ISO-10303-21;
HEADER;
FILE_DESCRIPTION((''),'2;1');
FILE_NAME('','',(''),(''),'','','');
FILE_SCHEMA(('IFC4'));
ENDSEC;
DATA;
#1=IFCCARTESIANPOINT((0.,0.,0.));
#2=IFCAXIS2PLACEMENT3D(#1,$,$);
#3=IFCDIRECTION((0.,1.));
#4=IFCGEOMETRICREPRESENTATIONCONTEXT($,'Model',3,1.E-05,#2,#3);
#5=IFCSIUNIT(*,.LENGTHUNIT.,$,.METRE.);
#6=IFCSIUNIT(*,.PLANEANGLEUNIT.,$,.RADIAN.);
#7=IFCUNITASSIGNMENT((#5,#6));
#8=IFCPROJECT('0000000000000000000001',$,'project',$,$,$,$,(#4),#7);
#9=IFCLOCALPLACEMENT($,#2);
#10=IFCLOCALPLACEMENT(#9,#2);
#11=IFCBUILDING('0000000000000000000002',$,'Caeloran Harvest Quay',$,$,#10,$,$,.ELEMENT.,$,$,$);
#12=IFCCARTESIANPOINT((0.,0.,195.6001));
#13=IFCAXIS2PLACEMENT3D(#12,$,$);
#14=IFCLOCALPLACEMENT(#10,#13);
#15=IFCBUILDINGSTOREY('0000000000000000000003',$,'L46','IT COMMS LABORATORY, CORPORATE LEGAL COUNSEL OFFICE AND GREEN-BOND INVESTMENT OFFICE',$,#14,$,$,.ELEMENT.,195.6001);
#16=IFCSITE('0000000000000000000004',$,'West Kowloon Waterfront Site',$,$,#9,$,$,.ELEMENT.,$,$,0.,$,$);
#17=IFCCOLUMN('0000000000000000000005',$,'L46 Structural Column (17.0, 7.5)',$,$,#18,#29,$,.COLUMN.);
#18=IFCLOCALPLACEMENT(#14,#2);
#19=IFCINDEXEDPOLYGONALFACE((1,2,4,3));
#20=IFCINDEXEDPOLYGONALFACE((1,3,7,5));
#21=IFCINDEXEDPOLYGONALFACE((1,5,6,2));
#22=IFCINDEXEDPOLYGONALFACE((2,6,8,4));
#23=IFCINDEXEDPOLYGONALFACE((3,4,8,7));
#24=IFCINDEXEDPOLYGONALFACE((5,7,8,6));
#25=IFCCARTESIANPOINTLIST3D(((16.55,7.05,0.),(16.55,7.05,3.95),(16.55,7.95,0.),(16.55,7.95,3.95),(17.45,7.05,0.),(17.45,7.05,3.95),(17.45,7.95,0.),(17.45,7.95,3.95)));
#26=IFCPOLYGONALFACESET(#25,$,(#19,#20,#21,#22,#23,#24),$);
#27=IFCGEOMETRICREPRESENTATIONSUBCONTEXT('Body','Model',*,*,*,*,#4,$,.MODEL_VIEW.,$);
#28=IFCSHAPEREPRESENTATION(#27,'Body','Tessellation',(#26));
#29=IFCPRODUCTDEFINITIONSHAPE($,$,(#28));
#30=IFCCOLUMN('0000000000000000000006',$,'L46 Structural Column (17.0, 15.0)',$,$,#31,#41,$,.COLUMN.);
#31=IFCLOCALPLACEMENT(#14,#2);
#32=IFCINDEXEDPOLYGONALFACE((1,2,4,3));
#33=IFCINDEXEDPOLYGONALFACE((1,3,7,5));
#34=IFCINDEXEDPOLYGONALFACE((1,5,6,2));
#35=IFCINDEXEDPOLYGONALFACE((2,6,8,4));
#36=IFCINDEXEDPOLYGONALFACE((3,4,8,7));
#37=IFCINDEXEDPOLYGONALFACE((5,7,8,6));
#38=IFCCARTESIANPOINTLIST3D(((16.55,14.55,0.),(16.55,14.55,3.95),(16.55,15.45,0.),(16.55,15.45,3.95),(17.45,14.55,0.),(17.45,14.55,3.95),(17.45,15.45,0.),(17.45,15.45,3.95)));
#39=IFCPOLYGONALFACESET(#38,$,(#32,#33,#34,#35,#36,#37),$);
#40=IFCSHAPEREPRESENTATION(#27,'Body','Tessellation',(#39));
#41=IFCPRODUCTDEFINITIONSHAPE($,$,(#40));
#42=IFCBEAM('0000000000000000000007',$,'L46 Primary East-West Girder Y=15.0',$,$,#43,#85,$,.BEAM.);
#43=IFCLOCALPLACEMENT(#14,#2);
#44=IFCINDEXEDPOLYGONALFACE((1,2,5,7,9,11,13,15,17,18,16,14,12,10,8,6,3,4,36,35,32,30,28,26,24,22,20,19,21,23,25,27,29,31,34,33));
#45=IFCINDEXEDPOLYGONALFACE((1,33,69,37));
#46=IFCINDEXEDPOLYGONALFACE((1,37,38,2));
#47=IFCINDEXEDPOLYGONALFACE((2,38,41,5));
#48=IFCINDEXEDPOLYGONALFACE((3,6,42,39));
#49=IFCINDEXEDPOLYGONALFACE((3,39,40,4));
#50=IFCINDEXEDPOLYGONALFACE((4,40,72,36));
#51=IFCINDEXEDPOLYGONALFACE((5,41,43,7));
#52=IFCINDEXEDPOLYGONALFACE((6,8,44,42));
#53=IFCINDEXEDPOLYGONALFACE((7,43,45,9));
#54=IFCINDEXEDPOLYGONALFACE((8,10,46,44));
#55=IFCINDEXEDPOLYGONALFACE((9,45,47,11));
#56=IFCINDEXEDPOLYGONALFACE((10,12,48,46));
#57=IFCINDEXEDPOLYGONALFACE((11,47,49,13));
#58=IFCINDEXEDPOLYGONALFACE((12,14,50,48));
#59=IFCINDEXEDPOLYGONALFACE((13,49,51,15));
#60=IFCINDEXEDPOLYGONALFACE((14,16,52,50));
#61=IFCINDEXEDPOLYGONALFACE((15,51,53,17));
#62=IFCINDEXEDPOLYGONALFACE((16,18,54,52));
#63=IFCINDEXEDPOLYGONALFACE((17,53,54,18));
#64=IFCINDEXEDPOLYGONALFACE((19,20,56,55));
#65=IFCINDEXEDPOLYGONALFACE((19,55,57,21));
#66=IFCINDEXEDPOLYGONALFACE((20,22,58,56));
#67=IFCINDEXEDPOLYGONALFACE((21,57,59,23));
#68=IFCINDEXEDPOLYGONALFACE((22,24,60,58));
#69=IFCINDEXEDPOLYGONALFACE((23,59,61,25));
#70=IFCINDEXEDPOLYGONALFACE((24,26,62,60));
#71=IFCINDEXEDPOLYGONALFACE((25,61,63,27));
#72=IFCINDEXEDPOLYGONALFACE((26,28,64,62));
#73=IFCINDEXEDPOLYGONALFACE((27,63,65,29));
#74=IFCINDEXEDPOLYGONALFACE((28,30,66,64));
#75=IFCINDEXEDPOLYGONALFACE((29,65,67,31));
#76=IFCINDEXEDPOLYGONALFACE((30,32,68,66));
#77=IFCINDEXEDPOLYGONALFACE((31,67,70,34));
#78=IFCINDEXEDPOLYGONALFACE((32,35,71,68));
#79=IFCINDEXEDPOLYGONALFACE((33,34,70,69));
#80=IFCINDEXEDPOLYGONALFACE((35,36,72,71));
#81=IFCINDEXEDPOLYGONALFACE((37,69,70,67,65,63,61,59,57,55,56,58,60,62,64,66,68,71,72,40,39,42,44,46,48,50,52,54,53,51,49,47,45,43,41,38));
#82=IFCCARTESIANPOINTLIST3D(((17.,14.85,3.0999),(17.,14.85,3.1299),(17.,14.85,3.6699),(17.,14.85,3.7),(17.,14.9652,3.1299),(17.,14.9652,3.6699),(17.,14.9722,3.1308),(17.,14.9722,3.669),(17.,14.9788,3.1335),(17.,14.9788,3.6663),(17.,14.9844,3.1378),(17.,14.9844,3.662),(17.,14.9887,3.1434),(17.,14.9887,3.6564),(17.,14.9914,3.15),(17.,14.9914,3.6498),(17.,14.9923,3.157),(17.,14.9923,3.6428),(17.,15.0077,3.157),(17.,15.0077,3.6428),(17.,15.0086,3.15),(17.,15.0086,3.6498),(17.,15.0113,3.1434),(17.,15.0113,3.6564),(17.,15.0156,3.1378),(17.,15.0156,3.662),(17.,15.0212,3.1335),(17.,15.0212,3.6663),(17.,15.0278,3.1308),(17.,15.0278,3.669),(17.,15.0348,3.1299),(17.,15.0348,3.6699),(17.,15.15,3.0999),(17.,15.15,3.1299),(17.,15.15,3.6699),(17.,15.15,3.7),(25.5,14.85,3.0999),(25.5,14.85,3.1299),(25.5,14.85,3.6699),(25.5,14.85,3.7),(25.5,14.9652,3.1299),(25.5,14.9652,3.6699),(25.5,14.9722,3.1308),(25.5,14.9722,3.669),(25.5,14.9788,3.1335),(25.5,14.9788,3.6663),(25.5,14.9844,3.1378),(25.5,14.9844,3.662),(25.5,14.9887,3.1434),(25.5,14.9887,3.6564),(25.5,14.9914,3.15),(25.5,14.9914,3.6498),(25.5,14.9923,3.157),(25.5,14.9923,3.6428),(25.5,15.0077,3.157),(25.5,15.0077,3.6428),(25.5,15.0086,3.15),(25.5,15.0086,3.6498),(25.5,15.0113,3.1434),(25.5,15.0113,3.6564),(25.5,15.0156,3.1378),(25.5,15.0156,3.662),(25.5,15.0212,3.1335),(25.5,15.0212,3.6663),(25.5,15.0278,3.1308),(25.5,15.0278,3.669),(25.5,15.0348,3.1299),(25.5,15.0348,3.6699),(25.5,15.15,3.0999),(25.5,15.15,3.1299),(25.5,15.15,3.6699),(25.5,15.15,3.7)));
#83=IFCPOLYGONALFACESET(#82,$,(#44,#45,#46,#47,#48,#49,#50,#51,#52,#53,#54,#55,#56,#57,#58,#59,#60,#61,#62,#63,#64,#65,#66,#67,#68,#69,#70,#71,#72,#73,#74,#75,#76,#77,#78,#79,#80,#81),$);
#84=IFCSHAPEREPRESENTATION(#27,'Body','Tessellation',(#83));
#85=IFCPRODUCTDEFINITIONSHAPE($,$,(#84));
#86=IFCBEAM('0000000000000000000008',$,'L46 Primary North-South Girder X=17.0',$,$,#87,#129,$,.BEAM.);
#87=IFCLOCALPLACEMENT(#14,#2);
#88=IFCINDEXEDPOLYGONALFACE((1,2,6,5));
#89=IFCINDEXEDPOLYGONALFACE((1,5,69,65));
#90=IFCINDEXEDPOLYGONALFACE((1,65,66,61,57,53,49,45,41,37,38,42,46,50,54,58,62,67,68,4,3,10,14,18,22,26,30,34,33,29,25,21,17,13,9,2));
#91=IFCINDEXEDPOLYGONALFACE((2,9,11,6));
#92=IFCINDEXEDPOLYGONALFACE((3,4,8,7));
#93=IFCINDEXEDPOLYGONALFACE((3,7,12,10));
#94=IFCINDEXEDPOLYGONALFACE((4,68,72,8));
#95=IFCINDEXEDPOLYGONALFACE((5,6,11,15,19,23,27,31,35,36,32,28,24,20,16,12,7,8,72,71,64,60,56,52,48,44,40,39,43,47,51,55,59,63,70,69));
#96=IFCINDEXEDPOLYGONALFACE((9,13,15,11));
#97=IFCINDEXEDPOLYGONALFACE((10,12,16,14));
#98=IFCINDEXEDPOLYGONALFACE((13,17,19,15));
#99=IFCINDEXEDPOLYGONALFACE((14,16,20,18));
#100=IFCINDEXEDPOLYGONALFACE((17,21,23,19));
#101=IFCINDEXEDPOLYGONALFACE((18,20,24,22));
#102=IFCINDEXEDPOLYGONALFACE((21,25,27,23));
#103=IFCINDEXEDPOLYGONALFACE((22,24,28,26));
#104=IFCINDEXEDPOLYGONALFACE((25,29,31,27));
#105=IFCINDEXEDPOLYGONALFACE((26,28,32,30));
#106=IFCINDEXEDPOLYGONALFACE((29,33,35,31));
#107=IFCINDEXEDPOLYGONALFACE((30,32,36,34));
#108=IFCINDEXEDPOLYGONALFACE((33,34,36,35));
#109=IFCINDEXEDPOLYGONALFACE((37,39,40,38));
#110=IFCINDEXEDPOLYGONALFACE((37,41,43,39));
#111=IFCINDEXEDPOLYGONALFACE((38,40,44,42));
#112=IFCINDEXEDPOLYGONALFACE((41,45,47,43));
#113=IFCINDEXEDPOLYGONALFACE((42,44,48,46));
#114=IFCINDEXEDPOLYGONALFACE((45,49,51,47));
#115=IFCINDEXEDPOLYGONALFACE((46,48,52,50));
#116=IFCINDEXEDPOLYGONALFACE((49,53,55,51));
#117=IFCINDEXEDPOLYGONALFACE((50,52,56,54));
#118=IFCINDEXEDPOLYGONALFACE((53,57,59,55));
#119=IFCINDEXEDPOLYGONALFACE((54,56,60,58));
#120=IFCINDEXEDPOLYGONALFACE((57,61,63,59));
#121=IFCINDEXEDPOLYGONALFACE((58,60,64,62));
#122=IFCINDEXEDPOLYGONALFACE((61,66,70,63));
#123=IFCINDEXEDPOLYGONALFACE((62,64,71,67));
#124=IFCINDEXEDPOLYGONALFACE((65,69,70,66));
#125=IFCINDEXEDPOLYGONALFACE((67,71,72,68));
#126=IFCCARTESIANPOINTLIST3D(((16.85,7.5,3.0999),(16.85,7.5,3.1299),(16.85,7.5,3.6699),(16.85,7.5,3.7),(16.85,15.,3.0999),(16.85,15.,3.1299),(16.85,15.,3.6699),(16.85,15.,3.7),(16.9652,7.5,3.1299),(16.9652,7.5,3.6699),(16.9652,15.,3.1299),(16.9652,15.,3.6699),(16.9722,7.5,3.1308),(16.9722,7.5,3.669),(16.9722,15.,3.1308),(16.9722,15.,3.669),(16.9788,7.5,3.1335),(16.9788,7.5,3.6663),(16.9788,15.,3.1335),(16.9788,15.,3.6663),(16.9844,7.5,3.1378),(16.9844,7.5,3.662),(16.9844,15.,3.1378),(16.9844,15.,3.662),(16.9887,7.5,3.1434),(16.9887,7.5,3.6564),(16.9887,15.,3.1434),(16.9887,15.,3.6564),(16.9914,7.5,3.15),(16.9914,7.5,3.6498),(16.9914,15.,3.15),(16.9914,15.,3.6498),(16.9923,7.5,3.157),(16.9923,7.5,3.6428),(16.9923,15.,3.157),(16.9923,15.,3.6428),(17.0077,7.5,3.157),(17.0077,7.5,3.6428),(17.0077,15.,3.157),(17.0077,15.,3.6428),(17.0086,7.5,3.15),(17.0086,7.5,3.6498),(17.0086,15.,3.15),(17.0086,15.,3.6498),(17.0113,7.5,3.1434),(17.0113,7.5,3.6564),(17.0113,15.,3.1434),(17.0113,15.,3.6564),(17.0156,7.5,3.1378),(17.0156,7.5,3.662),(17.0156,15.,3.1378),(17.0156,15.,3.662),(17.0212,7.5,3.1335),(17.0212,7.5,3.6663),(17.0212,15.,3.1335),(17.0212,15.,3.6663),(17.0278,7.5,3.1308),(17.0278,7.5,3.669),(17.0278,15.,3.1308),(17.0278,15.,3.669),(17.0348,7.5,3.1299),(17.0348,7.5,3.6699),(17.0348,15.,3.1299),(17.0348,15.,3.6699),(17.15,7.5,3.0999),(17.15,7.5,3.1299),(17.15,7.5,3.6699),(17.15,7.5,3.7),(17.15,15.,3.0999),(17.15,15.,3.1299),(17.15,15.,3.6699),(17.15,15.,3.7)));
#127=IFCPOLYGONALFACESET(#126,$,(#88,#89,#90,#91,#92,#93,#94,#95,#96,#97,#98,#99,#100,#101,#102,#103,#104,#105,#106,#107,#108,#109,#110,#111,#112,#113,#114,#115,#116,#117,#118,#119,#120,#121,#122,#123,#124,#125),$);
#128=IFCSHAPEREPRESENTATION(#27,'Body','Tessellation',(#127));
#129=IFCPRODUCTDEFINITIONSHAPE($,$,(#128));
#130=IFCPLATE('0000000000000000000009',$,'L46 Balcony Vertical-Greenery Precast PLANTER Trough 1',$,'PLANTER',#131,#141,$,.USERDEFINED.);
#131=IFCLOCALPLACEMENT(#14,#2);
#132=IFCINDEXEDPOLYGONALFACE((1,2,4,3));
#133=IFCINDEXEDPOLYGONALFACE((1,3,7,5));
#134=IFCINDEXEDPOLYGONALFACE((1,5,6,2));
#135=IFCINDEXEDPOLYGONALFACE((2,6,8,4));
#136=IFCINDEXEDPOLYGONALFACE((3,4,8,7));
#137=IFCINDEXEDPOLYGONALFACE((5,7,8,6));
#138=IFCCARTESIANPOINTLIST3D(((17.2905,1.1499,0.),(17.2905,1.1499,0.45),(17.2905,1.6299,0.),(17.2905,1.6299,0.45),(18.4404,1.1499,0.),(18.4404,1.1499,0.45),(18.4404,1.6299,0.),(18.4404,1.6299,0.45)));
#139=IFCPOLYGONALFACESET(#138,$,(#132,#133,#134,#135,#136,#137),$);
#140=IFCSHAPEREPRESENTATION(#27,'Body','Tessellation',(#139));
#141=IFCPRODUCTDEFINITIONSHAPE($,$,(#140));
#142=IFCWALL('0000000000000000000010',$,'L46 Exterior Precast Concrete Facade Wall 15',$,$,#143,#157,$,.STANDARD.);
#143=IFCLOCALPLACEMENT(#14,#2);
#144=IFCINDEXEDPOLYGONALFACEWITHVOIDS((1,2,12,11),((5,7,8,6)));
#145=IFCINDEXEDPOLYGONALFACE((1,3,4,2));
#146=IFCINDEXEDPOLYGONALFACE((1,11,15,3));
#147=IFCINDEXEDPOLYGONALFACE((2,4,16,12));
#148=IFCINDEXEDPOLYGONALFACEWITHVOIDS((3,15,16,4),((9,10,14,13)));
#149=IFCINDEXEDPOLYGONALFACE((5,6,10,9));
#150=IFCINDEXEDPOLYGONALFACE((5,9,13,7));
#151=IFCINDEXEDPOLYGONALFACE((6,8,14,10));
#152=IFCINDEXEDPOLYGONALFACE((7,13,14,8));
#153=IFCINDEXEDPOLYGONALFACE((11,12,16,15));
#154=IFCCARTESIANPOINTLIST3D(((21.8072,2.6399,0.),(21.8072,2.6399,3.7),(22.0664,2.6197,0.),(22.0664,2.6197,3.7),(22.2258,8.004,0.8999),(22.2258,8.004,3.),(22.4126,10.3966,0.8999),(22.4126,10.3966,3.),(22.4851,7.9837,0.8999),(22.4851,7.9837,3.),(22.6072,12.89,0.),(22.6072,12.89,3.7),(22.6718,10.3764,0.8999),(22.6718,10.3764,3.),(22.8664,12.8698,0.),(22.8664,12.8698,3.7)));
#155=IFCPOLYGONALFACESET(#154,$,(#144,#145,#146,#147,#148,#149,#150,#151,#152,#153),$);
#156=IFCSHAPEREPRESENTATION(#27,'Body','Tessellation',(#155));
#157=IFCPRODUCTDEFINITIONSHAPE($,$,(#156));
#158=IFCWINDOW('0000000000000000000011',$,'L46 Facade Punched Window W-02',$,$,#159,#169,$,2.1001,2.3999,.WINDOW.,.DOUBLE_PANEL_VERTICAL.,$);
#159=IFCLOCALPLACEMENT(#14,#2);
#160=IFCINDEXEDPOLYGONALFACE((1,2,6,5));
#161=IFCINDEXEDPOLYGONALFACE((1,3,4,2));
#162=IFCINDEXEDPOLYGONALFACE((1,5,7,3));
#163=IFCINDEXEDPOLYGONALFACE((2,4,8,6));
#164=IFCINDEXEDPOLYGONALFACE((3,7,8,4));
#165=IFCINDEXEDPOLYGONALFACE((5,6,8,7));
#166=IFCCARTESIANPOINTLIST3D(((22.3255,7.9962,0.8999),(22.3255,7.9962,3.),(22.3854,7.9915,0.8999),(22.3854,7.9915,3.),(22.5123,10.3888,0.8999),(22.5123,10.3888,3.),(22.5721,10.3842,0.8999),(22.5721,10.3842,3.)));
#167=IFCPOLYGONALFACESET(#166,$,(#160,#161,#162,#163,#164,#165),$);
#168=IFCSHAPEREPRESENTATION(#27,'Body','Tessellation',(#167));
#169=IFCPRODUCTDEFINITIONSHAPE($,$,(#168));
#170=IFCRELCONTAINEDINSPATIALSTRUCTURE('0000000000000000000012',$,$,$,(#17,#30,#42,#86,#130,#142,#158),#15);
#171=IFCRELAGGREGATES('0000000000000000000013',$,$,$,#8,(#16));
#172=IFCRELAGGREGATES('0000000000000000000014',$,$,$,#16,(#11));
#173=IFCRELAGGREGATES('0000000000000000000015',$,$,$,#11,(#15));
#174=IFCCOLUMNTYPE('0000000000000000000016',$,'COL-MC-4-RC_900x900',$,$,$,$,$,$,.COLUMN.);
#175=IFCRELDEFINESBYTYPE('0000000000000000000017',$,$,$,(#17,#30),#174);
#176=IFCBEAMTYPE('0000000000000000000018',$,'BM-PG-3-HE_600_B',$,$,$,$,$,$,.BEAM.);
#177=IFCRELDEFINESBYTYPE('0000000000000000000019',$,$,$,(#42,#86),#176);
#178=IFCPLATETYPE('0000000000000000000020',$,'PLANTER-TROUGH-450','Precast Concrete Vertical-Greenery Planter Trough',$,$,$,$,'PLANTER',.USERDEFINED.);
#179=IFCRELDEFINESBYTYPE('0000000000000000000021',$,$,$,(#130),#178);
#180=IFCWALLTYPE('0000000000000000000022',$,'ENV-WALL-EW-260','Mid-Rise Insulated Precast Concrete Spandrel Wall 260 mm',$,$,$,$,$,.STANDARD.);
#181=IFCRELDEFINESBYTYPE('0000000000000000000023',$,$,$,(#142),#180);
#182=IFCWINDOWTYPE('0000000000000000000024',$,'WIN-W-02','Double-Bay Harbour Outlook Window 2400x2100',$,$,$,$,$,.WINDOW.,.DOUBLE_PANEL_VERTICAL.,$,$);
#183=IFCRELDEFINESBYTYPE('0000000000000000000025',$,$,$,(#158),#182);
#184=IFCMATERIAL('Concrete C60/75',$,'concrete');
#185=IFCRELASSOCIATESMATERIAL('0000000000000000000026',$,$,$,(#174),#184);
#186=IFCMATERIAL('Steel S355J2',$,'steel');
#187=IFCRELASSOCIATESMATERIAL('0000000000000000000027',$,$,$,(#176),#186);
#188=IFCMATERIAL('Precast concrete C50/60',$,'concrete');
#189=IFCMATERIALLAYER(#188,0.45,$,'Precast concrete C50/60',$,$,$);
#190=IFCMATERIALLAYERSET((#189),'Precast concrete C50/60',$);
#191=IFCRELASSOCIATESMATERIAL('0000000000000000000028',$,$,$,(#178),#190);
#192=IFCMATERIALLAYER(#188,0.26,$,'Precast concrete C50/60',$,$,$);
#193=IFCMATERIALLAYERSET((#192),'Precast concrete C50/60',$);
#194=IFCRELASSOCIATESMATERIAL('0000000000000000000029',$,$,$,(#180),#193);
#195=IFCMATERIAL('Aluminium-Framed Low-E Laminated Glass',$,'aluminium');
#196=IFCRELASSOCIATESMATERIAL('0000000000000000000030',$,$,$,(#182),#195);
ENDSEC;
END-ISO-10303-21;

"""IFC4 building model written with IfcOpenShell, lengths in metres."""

from ifc_helpers import new_model, si_unit, direction, frame, frame_2d, origin, origin_2d, place, context, subcontext, project, spatial, rectangle, i_section, extrude, material, layer, layer_set, material_profile, profile_set, type_object, element, fill, save


model = new_model("IFC4")

# Units and contexts
model_context = context("Model", 3, precision=1e-05, world=origin(), true_north=direction((0.0, 1.0)))
body_context = subcontext(model_context, "Body", "Model", "MODEL_VIEW")
ifc_project = project(units=[si_unit("LENGTHUNIT", "METRE"), si_unit("PLANEANGLEUNIT", "RADIAN")], contexts=[model_context])

# Site, building, storey
site_placement = place(None, origin())
site = spatial("IfcSite", under=ifc_project, at=site_placement, Name="West Kowloon Waterfront Site", CompositionType="ELEMENT", RefElevation=0.0)
building_placement = place(site_placement, origin())
building = spatial("IfcBuilding", under=site, at=building_placement, Name="Caeloran Harvest Quay", CompositionType="ELEMENT")
storey_placement = place(building_placement, frame((0.0, 0.0, 195.6001)))
storey = spatial("IfcBuildingStorey", under=building, at=storey_placement, Name="L46", Description="IT COMMS LABORATORY, CORPORATE LEGAL COUNSEL OFFICE AND GREEN-BOND INVESTMENT OFFICE", CompositionType="ELEMENT", Elevation=195.6001)

# Columns
ifc_material_1 = material(Name="Concrete C60/75", Category="concrete")
ifc_material_profile_1 = material_profile(ifc_material_1, rectangle(XDim=0.8999, YDim=0.8999, at=origin_2d()), Name="RC 900x900")
ifc_profile_set_1 = profile_set([ifc_material_profile_1], Name="Concrete C60/75")
column_type = type_object("IfcColumnType", Name="COL-MC-4-RC_900x900", PredefinedType="COLUMN", material=ifc_profile_set_1)
for number, where, z_axis, x_axis, name in (
    (1, (17.0, 7.5, 0.0), (0.0, 0.0, 1.0), (1.0, 0.0, 0.0), "L46 Structural Column (17.0, 7.5)"),
    (2, (17.0, 15.0, 0.0), (0.0, 0.0, 1.0), (1.0, 0.0, 0.0), "L46 Structural Column (17.0, 15.0)"),
):
    element("IfcColumn", number, at=place(storey_placement, frame(where, z_axis=z_axis, x_axis=x_axis)), inside=storey, type_object=column_type, Name=name, PredefinedType="COLUMN", context=body_context, shape_type="SweptSolid", body=[
        extrude(rectangle(XDim=0.8999, YDim=0.8999, at=origin_2d()), origin(), (0.0, 0.0, 1.0), 3.95),
    ])

# Beams
ifc_material_2 = material(Name="Steel S355J2", Category="steel")
ifc_material_profile_2 = material_profile(ifc_material_2, i_section(OverallWidth=0.3, OverallDepth=0.6001, WebThickness=0.0154, FlangeThickness=0.03, FilletRadius=0.0271, at=origin_2d()), Name="HE 600 B")
ifc_profile_set_2 = profile_set([ifc_material_profile_2], Name="Steel S355J2")
beam_type = type_object("IfcBeamType", Name="BM-PG-3-HE_600_B", PredefinedType="BEAM", material=ifc_profile_set_2)
beam_1_placement = place(storey_placement, frame((17.0, 15.0, 3.3999), z_axis=(1.0, 0.0, 0.0), x_axis=(0.0, 1.0, 0.0)))
element("IfcBeam", 3, at=beam_1_placement, inside=storey, type_object=beam_type, Name="L46 Primary East-West Girder Y=15.0", PredefinedType="BEAM", context=body_context, shape_type="SweptSolid", body=[
    extrude(i_section(OverallWidth=0.3, OverallDepth=0.6001, WebThickness=0.0154, FlangeThickness=0.03, FilletRadius=0.0271, at=origin_2d()), origin(), (0.0, 0.0, 1.0), 8.5),
])
beam_2_placement = place(storey_placement, frame((17.0, 7.5, 3.3999), z_axis=(0.0, 1.0, 0.0), x_axis=(-1.0, 0.0, 0.0)))
element("IfcBeam", 4, at=beam_2_placement, inside=storey, type_object=beam_type, Name="L46 Primary North-South Girder X=17.0", PredefinedType="BEAM", context=body_context, shape_type="SweptSolid", body=[
    extrude(i_section(OverallWidth=0.3, OverallDepth=0.6001, WebThickness=0.0154, FlangeThickness=0.03, FilletRadius=0.0271, at=origin_2d()), origin(), (0.0, 0.0, 1.0), 7.5),
])

# Plate
ifc_material_3 = material(Name="Precast concrete C50/60", Category="concrete")
ifc_layer_1 = layer(ifc_material_3, 0.45, Name="Precast concrete C50/60")
ifc_layer_set_1 = layer_set([ifc_layer_1], Name="Precast concrete C50/60")
plate_type = type_object("IfcPlateType", Name="PLANTER-TROUGH-450", Description="Precast Concrete Vertical-Greenery Planter Trough", ElementType="PLANTER", PredefinedType="USERDEFINED", material=ifc_layer_set_1)
plate_placement = place(storey_placement, frame((17.8655, 1.3899, 0.0), z_axis=(0.0, 0.0, 1.0), x_axis=(1.0, 0.0, 0.0)))
element("IfcPlate", 5, at=plate_placement, inside=storey, type_object=plate_type, Name="L46 Balcony Vertical-Greenery Precast PLANTER Trough 1", ObjectType="PLANTER", PredefinedType="USERDEFINED", context=body_context, shape_type="SweptSolid", body=[
    extrude(rectangle(XDim=1.1499, YDim=0.48, at=origin_2d()), origin(), (0.0, 0.0, 1.0), 0.45),
])

# Wall, opening, window
ifc_layer_2 = layer(ifc_material_3, 0.26, Name="Precast concrete C50/60")
ifc_layer_set_2 = layer_set([ifc_layer_2], Name="Precast concrete C50/60")
wall_type_1 = type_object("IfcWallType", Name="ENV-WALL-EW-260", Description="Mid-Rise Insulated Precast Concrete Spandrel Wall 260 mm", PredefinedType="STANDARD", material=ifc_layer_set_2)
wall_1_placement = place(storey_placement, frame((22.7368, 12.8799, 0.0), z_axis=(0.0, 0.0, 1.0), x_axis=(-0.077817, -0.996968, 0.0)))
wall_1 = element("IfcWall", 6, at=wall_1_placement, inside=storey, type_object=wall_type_1, Name="L46 Exterior Precast Concrete Facade Wall 15", PredefinedType="STANDARD", context=body_context, shape_type="SweptSolid", body=[
    extrude(rectangle(XDim=10.2812, YDim=0.26, at=frame_2d((5.1406, 0.0))), origin(), (0.0, 0.0, 1.0), 3.7),
])
opening_1_placement = place(wall_1_placement, frame((2.501, 0.0, 0.8999)))
opening_1 = element("IfcOpeningElement", 7, at=opening_1_placement, cuts=wall_1, PredefinedType="OPENING", context=body_context, shape_type="SweptSolid", body=[
    extrude(rectangle(XDim=2.3999, YDim=2.1001, at=frame_2d((1.2, 1.05))), frame((0.0, 0.1401, 0.0), z_axis=(0.0, -1.0, 0.0), x_axis=(1.0, 0.0, 0.0)), (0.0, 0.0, 1.0), 0.28),
])
ifc_material_4 = material(Name="Aluminium-Framed Low-E Laminated Glass", Category="aluminium")
window_type = type_object("IfcWindowType", Name="WIN-W-02", Description="Double-Bay Harbour Outlook Window 2400x2100", PartitioningType="DOUBLE_PANEL_VERTICAL", PredefinedType="WINDOW", material=ifc_material_4)
window_placement = place(opening_1_placement, origin())
window = element("IfcWindow", 8, at=window_placement, inside=storey, type_object=window_type, Name="L46 Facade Punched Window W-02", OverallHeight=2.1001, OverallWidth=2.3999, PartitioningType="DOUBLE_PANEL_VERTICAL", PredefinedType="WINDOW", context=body_context, shape_type="SweptSolid", body=[
    extrude(rectangle(XDim=2.3999, YDim=2.1001, at=frame_2d((1.2, 1.05))), frame((0.0, 0.03, 0.0), z_axis=(0.0, -1.0, 0.0), x_axis=(1.0, 0.0, 0.0)), (0.0, 0.0, 1.0), 0.0601),
])
fill(opening_1, window)

save(model, "model.ifc")
